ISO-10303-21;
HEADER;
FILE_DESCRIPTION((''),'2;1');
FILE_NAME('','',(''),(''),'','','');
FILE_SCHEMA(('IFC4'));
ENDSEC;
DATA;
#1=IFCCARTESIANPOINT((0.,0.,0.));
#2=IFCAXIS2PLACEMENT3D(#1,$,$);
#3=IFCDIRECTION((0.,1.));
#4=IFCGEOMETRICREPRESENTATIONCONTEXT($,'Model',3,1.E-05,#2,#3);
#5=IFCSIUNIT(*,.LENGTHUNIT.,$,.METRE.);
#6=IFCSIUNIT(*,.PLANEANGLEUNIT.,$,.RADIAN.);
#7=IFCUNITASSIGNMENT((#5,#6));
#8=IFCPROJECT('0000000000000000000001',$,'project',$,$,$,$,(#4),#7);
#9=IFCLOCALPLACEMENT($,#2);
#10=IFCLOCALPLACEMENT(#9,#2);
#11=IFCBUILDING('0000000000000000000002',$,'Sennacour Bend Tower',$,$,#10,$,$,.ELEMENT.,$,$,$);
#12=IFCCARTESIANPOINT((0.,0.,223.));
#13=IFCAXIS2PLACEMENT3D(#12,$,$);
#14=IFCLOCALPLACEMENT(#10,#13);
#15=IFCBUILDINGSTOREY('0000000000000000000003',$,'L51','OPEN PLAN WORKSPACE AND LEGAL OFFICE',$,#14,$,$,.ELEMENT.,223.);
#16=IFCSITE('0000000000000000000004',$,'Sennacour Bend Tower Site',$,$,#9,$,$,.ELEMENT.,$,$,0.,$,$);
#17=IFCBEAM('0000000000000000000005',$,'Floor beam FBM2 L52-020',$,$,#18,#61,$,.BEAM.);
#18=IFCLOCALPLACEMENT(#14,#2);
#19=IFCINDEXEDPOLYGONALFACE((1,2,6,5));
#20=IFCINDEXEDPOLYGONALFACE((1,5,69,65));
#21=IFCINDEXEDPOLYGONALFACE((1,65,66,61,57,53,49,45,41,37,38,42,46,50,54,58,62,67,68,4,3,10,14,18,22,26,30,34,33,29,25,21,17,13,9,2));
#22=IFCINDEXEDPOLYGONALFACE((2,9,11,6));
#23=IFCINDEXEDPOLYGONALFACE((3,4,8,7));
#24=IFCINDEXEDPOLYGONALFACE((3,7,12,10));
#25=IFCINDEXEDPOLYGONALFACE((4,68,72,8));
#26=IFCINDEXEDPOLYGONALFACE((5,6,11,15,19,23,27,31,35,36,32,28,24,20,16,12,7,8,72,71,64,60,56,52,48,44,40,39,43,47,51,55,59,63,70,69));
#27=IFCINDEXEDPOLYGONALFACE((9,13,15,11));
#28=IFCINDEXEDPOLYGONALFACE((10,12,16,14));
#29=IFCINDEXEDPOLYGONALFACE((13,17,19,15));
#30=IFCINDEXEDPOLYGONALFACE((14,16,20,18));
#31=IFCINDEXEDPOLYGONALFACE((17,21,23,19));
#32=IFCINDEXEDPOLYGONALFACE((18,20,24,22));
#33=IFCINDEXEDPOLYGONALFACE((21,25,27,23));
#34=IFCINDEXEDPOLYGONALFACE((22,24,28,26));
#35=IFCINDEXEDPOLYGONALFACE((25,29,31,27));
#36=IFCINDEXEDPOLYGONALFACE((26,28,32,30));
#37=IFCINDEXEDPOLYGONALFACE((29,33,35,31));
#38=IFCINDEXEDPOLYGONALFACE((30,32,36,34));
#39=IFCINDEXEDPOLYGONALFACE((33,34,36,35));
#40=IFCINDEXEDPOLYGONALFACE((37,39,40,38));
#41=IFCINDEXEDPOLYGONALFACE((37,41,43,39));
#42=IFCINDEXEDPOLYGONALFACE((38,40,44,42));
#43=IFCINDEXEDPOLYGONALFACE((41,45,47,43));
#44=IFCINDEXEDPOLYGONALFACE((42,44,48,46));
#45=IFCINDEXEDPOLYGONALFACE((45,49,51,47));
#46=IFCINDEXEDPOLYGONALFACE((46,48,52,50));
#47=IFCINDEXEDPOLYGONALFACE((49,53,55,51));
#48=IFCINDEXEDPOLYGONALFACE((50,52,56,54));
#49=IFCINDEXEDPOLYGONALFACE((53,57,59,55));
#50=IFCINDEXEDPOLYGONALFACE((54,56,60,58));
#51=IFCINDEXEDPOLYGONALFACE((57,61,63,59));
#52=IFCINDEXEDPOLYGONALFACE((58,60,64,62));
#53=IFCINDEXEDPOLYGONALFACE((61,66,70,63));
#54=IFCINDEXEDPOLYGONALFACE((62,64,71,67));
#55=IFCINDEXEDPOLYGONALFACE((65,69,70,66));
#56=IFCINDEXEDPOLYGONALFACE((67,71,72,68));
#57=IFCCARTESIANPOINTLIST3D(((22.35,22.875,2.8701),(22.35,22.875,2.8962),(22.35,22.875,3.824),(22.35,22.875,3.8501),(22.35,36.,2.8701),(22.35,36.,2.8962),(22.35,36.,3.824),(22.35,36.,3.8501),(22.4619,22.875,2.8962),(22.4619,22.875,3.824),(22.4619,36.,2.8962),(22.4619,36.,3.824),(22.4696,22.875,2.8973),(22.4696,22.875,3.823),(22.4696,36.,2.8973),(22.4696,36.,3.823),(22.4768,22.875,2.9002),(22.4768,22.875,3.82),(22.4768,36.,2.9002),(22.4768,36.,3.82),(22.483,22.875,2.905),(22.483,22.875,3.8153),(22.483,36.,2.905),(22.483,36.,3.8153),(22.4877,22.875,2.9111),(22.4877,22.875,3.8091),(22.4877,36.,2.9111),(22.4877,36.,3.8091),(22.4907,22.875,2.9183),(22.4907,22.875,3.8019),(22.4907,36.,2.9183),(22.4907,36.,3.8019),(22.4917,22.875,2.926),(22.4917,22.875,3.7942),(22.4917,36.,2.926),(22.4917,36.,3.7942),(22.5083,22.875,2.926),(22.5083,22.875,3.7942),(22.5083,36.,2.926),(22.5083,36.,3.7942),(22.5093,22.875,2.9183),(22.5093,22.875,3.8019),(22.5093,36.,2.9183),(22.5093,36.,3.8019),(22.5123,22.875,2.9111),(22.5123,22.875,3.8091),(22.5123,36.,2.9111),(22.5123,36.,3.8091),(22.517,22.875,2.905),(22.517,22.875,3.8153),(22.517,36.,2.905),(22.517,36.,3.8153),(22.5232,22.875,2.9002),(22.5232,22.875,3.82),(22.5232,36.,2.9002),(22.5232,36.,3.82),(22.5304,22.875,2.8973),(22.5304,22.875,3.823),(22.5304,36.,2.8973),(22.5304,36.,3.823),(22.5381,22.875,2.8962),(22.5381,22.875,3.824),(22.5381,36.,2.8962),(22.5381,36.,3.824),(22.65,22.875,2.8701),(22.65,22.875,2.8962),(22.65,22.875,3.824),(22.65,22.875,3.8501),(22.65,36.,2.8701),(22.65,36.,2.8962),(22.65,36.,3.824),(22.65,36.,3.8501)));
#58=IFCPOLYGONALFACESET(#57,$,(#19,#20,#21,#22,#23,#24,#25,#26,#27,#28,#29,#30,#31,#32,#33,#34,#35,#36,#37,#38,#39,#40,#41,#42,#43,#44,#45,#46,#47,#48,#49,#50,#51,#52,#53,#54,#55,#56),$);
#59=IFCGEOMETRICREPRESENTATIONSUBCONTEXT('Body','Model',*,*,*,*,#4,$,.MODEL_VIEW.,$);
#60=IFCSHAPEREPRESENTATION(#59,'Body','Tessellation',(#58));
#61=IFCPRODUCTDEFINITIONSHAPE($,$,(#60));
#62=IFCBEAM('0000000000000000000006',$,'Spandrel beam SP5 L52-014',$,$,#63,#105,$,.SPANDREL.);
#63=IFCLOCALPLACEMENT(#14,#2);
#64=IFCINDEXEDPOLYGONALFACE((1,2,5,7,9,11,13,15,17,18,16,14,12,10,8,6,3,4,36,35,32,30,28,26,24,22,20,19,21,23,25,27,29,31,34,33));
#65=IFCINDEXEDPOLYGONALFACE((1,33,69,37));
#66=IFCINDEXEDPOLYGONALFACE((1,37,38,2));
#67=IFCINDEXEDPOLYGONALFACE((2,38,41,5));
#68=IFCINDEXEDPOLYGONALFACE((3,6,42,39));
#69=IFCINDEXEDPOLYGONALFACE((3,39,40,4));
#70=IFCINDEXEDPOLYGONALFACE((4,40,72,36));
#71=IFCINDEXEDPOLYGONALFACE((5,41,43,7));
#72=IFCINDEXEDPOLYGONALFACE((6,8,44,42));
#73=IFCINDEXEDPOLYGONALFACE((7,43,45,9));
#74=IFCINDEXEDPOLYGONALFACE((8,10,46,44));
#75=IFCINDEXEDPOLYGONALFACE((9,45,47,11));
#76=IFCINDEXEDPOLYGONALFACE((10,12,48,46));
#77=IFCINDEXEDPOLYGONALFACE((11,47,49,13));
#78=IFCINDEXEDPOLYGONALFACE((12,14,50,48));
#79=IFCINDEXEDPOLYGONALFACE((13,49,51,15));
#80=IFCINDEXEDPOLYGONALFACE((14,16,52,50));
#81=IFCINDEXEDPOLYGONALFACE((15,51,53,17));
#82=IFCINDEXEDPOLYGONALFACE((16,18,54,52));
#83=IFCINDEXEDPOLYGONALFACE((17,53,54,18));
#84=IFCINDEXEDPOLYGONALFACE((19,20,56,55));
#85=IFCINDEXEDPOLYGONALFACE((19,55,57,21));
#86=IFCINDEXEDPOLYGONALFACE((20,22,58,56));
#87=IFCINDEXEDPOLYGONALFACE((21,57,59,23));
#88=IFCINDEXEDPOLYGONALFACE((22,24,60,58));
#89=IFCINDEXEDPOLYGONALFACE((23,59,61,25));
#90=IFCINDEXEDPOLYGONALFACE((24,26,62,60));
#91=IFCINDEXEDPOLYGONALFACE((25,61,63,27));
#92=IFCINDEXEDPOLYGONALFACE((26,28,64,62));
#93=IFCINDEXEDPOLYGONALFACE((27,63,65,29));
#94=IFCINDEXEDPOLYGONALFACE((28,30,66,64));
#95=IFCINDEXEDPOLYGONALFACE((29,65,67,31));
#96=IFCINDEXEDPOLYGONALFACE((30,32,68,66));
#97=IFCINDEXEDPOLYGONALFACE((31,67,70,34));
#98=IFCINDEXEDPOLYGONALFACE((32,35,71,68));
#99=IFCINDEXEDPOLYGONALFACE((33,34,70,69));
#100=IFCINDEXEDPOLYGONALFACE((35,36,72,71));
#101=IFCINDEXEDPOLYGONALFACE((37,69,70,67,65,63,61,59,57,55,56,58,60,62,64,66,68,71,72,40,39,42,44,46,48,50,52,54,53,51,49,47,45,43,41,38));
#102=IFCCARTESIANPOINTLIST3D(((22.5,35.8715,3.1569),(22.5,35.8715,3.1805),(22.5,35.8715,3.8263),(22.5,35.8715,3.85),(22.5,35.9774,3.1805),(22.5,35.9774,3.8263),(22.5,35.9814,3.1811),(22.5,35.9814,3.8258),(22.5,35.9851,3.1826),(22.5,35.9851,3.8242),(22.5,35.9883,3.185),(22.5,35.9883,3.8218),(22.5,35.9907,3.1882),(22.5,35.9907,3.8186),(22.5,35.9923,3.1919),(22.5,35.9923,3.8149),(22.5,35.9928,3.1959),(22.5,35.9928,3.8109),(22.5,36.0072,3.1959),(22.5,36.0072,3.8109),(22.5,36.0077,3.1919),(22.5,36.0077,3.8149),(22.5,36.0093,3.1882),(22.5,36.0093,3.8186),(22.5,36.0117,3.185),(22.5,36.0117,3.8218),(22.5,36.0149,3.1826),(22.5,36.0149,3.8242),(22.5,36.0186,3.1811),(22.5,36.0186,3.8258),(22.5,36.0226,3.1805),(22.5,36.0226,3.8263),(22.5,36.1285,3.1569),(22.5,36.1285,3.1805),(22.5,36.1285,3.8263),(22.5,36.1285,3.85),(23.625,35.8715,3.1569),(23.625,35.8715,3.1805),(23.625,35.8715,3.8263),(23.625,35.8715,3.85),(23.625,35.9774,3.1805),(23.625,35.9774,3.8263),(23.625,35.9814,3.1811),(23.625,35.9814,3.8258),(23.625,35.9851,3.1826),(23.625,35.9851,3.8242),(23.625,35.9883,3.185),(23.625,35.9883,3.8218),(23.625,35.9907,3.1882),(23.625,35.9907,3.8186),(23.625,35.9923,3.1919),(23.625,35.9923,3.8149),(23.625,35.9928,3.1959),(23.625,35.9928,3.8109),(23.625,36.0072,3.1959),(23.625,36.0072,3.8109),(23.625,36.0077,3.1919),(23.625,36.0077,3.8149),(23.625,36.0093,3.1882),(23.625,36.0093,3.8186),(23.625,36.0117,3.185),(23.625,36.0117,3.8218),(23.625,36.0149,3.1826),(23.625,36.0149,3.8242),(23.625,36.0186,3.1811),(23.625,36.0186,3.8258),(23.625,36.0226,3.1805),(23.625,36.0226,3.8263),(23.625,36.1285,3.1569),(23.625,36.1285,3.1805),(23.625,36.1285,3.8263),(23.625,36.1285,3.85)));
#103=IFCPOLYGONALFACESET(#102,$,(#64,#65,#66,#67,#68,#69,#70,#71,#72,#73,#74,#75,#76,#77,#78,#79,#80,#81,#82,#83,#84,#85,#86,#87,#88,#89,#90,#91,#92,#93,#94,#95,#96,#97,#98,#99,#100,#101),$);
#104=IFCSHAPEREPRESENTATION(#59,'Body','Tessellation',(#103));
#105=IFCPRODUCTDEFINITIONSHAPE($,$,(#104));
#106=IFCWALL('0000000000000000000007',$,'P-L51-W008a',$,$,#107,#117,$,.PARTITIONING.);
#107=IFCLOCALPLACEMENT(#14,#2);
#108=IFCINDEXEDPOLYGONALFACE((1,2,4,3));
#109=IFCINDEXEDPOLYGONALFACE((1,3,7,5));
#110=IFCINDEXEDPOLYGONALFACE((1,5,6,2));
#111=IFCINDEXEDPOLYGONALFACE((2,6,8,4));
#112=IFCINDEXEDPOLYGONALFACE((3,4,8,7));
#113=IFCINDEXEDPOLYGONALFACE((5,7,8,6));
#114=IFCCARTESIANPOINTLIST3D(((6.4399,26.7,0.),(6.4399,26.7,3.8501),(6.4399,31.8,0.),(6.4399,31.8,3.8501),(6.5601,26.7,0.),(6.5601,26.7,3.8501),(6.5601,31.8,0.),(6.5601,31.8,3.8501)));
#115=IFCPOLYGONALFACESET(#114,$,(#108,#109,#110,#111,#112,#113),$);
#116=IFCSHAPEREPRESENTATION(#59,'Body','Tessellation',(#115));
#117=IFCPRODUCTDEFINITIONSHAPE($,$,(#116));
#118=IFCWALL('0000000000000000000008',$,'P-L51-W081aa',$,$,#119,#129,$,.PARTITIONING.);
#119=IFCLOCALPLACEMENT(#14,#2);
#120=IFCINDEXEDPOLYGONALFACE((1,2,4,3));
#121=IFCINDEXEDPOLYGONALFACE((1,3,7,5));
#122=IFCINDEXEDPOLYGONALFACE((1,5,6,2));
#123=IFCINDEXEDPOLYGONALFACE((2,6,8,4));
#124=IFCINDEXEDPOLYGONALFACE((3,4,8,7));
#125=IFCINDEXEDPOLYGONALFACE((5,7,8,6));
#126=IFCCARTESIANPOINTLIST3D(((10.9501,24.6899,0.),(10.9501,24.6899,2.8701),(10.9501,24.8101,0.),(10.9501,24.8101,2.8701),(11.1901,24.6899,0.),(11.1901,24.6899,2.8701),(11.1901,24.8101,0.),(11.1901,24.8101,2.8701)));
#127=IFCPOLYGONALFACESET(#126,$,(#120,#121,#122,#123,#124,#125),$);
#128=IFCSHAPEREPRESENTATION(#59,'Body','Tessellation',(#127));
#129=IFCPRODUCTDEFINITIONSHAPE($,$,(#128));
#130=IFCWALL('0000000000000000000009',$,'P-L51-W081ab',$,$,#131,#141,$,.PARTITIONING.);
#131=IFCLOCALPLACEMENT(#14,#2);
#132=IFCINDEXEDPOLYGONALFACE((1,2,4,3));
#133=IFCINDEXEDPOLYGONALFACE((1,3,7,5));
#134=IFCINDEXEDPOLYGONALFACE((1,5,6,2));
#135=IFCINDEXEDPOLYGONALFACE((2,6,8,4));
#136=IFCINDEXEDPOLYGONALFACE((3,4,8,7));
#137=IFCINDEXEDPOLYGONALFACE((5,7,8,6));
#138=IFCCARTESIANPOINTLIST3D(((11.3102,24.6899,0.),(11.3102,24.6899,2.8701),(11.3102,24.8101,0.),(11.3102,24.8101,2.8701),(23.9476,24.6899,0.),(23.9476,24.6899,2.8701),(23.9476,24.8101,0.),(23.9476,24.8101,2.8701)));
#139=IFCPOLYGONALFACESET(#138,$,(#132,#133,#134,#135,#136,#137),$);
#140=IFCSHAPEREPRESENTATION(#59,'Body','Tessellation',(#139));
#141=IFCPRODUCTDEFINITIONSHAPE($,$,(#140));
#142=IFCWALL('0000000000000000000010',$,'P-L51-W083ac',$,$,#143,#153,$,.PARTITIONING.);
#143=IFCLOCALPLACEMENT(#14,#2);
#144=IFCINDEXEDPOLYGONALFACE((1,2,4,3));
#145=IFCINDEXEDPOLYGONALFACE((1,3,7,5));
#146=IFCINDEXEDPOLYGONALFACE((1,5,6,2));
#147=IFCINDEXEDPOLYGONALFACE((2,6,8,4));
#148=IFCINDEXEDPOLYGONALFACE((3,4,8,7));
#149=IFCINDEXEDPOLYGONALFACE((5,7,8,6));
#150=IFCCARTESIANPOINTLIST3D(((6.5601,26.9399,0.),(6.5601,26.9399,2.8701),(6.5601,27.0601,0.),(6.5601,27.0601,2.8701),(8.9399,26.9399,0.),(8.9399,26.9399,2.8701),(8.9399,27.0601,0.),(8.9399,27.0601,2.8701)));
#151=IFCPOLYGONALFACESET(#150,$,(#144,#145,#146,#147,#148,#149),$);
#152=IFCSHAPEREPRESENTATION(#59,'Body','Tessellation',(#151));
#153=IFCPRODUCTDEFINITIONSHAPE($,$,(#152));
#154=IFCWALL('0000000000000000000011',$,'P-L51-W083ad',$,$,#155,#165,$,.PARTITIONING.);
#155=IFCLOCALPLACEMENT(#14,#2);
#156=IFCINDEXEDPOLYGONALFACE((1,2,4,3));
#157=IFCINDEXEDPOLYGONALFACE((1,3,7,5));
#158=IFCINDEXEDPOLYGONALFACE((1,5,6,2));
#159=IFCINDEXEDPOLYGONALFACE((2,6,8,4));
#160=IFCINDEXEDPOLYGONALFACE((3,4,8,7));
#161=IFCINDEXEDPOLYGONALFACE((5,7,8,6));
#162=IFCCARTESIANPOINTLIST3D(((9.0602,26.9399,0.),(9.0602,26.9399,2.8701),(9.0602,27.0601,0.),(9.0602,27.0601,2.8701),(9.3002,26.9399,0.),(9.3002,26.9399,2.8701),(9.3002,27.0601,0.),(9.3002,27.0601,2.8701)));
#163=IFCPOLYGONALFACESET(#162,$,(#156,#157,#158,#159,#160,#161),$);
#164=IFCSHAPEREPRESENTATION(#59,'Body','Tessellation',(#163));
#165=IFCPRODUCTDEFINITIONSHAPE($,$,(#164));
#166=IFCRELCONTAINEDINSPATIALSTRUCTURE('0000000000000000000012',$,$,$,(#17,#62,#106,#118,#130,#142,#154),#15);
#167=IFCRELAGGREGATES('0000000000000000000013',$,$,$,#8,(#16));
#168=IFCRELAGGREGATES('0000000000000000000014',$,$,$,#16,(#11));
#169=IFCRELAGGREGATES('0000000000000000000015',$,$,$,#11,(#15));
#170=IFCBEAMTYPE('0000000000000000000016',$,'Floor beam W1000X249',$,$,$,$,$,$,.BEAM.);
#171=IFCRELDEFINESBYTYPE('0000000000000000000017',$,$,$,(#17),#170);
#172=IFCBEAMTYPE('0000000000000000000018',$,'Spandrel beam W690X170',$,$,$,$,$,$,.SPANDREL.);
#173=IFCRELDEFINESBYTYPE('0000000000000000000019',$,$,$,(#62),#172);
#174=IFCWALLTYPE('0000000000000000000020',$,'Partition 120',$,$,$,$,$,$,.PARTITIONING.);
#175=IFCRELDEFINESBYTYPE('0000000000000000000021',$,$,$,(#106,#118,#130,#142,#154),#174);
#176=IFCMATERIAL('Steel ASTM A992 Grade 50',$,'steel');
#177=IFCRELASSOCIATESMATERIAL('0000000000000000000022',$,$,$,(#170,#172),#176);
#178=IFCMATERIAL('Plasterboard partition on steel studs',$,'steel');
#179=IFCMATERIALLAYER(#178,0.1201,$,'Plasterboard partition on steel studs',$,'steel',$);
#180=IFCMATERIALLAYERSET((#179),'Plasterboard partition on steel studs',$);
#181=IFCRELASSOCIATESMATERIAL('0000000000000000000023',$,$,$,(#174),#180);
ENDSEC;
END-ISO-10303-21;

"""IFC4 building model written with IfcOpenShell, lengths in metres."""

from ifc_helpers import new_model, si_unit, direction, frame, frame_2d, origin, origin_2d, place, context, subcontext, project, spatial, rectangle, i_section, extrude, material, layer, layer_set, material_profile, profile_set, type_object, element, save


model = new_model("IFC4")

# Units and contexts
model_context = context("Model", 3, precision=1e-05, world=origin(), true_north=direction((0.0, 1.0)))
body_context = subcontext(model_context, "Body", "Model", "MODEL_VIEW")
ifc_project = project(units=[si_unit("LENGTHUNIT", "METRE"), si_unit("PLANEANGLEUNIT", "RADIAN")], contexts=[model_context])

# Site, building, storey
site_placement = place(None, origin())
site = spatial("IfcSite", under=ifc_project, at=site_placement, Name="Sennacour Bend Tower Site", CompositionType="ELEMENT", RefElevation=0.0)
building_placement = place(site_placement, origin())
building = spatial("IfcBuilding", under=site, at=building_placement, Name="Sennacour Bend Tower", CompositionType="ELEMENT")
storey_placement = place(building_placement, frame((0.0, 0.0, 223.0)))
storey = spatial("IfcBuildingStorey", under=building, at=storey_placement, Name="L51", Description="OPEN PLAN WORKSPACE AND LEGAL OFFICE", CompositionType="ELEMENT", Elevation=223.0)

# Beams
ifc_material_1 = material(Name="Steel ASTM A992 Grade 50", Category="steel")
ifc_material_profile_1 = material_profile(ifc_material_1, i_section(OverallWidth=0.3, OverallDepth=0.98, WebThickness=0.0166, FlangeThickness=0.0261, FilletRadius=0.0298, at=origin_2d()), Name="Steel ASTM A992 Grade 50", Category="steel")
ifc_profile_set_1 = profile_set([ifc_material_profile_1], Name="Steel ASTM A992 Grade 50")
beam_type_1 = type_object("IfcBeamType", Name="Floor beam W1000X249", PredefinedType="BEAM", material=ifc_profile_set_1)
beam_1_placement = place(storey_placement, frame((22.5, 22.875, 3.3601), z_axis=(0.0, 1.0, 0.0), x_axis=(-1.0, 0.0, 0.0)))
element("IfcBeam", 1, at=beam_1_placement, inside=storey, type_object=beam_type_1, Name="Floor beam FBM2 L52-020", PredefinedType="BEAM", context=body_context, shape_type="SweptSolid", body=[
    extrude(i_section(OverallWidth=0.3, OverallDepth=0.98, WebThickness=0.0166, FlangeThickness=0.0261, FilletRadius=0.0298, at=origin_2d()), origin(), (0.0, 0.0, 1.0), 13.125),
])
ifc_material_profile_2 = material_profile(ifc_material_1, i_section(OverallWidth=0.2571, OverallDepth=0.6931, WebThickness=0.0144, FlangeThickness=0.0237, FilletRadius=0.0154, at=origin_2d()), Name="Steel ASTM A992 Grade 50", Category="steel")
ifc_profile_set_2 = profile_set([ifc_material_profile_2], Name="Steel ASTM A992 Grade 50")
beam_type_2 = type_object("IfcBeamType", Name="Spandrel beam W690X170", PredefinedType="SPANDREL", material=ifc_profile_set_2)
beam_2_placement = place(storey_placement, frame((22.5, 36.0, 3.5034), z_axis=(1.0, 0.0, 0.0), x_axis=(0.0, 1.0, 0.0)))
element("IfcBeam", 2, at=beam_2_placement, inside=storey, type_object=beam_type_2, Name="Spandrel beam SP5 L52-014", PredefinedType="SPANDREL", context=body_context, shape_type="SweptSolid", body=[
    extrude(i_section(OverallWidth=0.2571, OverallDepth=0.6931, WebThickness=0.0144, FlangeThickness=0.0237, FilletRadius=0.0154, at=origin_2d()), origin(), (0.0, 0.0, 1.0), 1.125),
])

# Walls
ifc_material_2 = material(Name="Plasterboard partition on steel studs", Category="steel")
ifc_layer_1 = layer(ifc_material_2, 0.1201, Name="Plasterboard partition on steel studs", Category="steel")
ifc_layer_set_1 = layer_set([ifc_layer_1], Name="Plasterboard partition on steel studs")
wall_type_1 = type_object("IfcWallType", Name="Partition 120", PredefinedType="PARTITIONING", material=ifc_layer_set_1)
wall_1_placement = place(storey_placement, frame((6.5, 26.7, 0.0), z_axis=(0.0, 0.0, 1.0), x_axis=(0.0, 1.0, 0.0)))
element("IfcWall", 3, at=wall_1_placement, inside=storey, type_object=wall_type_1, Name="P-L51-W008a", PredefinedType="PARTITIONING", context=body_context, shape_type="SweptSolid", body=[
    extrude(rectangle(XDim=5.1001, YDim=0.1201, at=frame_2d((2.55, 0.0))), origin(), (0.0, 0.0, 1.0), 3.8501),
])
wall_2_placement = place(storey_placement, frame((10.95, 24.75, 0.0), z_axis=(0.0, 0.0, 1.0), x_axis=(1.0, 0.0, 0.0)))
element("IfcWall", 4, at=wall_2_placement, inside=storey, type_object=wall_type_1, Name="P-L51-W081aa", PredefinedType="PARTITIONING", context=body_context, shape_type="SweptSolid", body=[
    extrude(rectangle(XDim=0.24, YDim=0.1201, at=frame_2d((0.1201, 0.0))), origin(), (0.0, 0.0, 1.0), 2.8701),
])
wall_3_placement = place(storey_placement, frame((11.3101, 24.75, 0.0), z_axis=(0.0, 0.0, 1.0), x_axis=(1.0, 0.0, 0.0)))
element("IfcWall", 5, at=wall_3_placement, inside=storey, type_object=wall_type_1, Name="P-L51-W081ab", PredefinedType="PARTITIONING", context=body_context, shape_type="SweptSolid", body=[
    extrude(rectangle(XDim=12.6375, YDim=0.1201, at=frame_2d((6.3188, 0.0))), origin(), (0.0, 0.0, 1.0), 2.8701),
])
wall_4_placement = place(storey_placement, frame((6.5601, 27.0, 0.0), z_axis=(0.0, 0.0, 1.0), x_axis=(1.0, 0.0, 0.0)))
element("IfcWall", 6, at=wall_4_placement, inside=storey, type_object=wall_type_1, Name="P-L51-W083ac", PredefinedType="PARTITIONING", context=body_context, shape_type="SweptSolid", body=[
    extrude(rectangle(XDim=2.3799, YDim=0.1201, at=frame_2d((1.1899, 0.0))), origin(), (0.0, 0.0, 1.0), 2.8701),
])
wall_5_placement = place(storey_placement, frame((9.0601, 27.0, 0.0), z_axis=(0.0, 0.0, 1.0), x_axis=(1.0, 0.0, 0.0)))
element("IfcWall", 7, at=wall_5_placement, inside=storey, type_object=wall_type_1, Name="P-L51-W083ad", PredefinedType="PARTITIONING", context=body_context, shape_type="SweptSolid", body=[
    extrude(rectangle(XDim=0.24, YDim=0.1201, at=frame_2d((0.1201, 0.0))), origin(), (0.0, 0.0, 1.0), 2.8701),
])

save(model, "model.ifc")
